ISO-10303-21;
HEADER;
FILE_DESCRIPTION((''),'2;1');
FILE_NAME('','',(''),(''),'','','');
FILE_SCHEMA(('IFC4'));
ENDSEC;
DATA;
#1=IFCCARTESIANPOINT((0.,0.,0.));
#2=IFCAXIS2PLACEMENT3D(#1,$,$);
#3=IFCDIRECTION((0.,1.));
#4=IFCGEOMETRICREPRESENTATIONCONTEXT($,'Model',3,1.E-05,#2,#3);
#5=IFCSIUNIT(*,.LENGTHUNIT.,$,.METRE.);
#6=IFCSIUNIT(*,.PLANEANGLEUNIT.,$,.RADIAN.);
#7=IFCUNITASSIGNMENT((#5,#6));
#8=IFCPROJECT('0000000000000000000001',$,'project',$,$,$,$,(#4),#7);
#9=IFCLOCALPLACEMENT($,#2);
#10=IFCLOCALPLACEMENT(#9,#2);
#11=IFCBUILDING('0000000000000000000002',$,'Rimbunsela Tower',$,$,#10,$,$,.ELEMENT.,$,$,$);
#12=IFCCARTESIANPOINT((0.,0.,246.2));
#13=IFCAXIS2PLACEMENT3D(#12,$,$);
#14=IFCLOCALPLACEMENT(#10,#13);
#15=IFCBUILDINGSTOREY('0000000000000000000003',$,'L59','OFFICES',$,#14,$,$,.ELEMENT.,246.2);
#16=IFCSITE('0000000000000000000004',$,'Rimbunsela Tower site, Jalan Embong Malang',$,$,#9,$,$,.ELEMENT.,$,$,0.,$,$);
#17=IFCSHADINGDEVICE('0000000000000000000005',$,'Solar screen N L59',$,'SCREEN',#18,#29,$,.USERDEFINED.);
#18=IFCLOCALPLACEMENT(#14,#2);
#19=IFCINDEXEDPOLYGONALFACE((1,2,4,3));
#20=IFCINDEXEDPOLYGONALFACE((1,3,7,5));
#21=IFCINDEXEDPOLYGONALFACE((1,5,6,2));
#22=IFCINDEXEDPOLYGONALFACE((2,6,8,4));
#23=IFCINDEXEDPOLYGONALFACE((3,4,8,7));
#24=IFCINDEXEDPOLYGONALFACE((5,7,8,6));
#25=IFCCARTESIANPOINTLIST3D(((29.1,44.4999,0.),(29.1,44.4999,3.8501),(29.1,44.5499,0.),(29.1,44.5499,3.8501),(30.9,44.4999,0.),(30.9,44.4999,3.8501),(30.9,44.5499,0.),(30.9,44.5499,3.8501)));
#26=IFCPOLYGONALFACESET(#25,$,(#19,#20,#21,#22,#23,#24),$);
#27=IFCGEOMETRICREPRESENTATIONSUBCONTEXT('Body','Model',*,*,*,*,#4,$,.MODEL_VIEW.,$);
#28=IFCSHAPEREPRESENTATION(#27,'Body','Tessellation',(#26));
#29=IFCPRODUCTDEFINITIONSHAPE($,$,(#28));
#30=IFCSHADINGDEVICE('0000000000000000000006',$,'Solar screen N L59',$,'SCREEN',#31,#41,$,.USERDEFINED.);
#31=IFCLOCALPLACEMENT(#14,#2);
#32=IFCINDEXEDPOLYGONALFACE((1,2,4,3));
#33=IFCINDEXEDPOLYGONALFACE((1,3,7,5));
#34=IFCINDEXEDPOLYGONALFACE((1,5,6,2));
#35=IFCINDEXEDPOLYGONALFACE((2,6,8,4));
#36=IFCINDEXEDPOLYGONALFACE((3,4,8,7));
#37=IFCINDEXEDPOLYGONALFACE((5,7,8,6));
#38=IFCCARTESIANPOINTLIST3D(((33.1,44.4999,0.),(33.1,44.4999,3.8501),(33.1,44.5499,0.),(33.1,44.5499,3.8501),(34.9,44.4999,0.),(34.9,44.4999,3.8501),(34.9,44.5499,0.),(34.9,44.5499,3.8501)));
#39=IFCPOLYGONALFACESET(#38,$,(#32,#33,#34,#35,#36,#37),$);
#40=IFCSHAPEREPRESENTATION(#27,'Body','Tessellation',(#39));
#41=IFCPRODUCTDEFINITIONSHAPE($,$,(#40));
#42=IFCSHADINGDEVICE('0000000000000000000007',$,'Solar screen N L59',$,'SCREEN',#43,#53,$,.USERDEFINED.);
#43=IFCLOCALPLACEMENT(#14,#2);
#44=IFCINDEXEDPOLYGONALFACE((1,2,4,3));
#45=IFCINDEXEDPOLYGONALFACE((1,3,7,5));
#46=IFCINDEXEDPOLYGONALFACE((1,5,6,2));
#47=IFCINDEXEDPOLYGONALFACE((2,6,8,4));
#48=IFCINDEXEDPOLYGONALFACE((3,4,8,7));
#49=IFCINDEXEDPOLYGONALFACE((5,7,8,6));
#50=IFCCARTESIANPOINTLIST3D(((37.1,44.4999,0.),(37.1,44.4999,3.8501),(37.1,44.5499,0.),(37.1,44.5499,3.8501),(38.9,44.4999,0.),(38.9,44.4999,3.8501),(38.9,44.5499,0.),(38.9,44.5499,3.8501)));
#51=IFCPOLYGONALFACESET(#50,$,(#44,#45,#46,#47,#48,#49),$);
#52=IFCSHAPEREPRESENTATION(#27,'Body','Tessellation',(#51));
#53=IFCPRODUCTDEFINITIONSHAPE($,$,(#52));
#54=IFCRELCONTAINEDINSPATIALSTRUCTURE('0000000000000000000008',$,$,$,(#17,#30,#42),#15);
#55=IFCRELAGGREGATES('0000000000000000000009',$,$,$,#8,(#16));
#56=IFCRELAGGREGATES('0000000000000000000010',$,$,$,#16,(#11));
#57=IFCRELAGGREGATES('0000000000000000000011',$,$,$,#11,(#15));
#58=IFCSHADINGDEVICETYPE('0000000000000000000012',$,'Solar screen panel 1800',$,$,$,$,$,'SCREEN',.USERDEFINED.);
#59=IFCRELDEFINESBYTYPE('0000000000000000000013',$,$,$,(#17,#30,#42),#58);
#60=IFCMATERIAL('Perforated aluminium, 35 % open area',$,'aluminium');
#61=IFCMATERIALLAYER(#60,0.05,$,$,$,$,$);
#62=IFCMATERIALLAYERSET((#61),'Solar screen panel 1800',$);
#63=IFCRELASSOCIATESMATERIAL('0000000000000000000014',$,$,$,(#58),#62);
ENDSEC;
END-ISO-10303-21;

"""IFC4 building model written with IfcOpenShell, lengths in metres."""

from ifc_helpers import new_model, si_unit, direction, frame, origin, origin_2d, place, context, subcontext, project, spatial, rectangle, extrude, material, layer, layer_set, type_object, element, save


model = new_model("IFC4")

# Units and contexts
model_context = context("Model", 3, precision=1e-05, world=origin(), true_north=direction((0.0, 1.0)))
body_context = subcontext(model_context, "Body", "Model", "MODEL_VIEW")
ifc_project = project(units=[si_unit("LENGTHUNIT", "METRE"), si_unit("PLANEANGLEUNIT", "RADIAN")], contexts=[model_context])

# Site, building, storey
site_placement = place(None, origin())
site = spatial("IfcSite", under=ifc_project, at=site_placement, Name="Rimbunsela Tower site, Jalan Embong Malang", CompositionType="ELEMENT", RefElevation=0.0)
building_placement = place(site_placement, origin())
building = spatial("IfcBuilding", under=site, at=building_placement, Name="Rimbunsela Tower", CompositionType="ELEMENT")
storey_placement = place(building_placement, frame((0.0, 0.0, 246.2)))
storey = spatial("IfcBuildingStorey", under=building, at=storey_placement, Name="L59", Description="OFFICES", CompositionType="ELEMENT", Elevation=246.2)

# Shading devices
ifc_material_1 = material(Name="Perforated aluminium, 35 % open area", Category="aluminium")
ifc_layer_1 = layer(ifc_material_1, 0.05)
ifc_layer_set_1 = layer_set([ifc_layer_1], Name="Solar screen panel 1800")
shading_device_type = type_object("IfcShadingDeviceType", Name="Solar screen panel 1800", ElementType="SCREEN", PredefinedType="USERDEFINED", material=ifc_layer_set_1)
for number, where, z_axis, x_axis, name in (
    (1, (30.0, 44.5249, 0.0), (0.0, 0.0, 1.0), (1.0, 0.0, 0.0), "Solar screen N L59"),
    (2, (34.0, 44.5249, 0.0), (0.0, 0.0, 1.0), (1.0, 0.0, 0.0), "Solar screen N L59"),
    (3, (38.0, 44.5249, 0.0), (0.0, 0.0, 1.0), (1.0, 0.0, 0.0), "Solar screen N L59"),
):
    element("IfcShadingDevice", number, at=place(storey_placement, frame(where, z_axis=z_axis, x_axis=x_axis)), inside=storey, type_object=shading_device_type, Name=name, ObjectType="SCREEN", PredefinedType="USERDEFINED", context=body_context, shape_type="SweptSolid", body=[
        extrude(rectangle(XDim=1.8, YDim=0.05, at=origin_2d()), origin(), (0.0, 0.0, 1.0), 3.8501),
    ])

save(model, "model.ifc")
